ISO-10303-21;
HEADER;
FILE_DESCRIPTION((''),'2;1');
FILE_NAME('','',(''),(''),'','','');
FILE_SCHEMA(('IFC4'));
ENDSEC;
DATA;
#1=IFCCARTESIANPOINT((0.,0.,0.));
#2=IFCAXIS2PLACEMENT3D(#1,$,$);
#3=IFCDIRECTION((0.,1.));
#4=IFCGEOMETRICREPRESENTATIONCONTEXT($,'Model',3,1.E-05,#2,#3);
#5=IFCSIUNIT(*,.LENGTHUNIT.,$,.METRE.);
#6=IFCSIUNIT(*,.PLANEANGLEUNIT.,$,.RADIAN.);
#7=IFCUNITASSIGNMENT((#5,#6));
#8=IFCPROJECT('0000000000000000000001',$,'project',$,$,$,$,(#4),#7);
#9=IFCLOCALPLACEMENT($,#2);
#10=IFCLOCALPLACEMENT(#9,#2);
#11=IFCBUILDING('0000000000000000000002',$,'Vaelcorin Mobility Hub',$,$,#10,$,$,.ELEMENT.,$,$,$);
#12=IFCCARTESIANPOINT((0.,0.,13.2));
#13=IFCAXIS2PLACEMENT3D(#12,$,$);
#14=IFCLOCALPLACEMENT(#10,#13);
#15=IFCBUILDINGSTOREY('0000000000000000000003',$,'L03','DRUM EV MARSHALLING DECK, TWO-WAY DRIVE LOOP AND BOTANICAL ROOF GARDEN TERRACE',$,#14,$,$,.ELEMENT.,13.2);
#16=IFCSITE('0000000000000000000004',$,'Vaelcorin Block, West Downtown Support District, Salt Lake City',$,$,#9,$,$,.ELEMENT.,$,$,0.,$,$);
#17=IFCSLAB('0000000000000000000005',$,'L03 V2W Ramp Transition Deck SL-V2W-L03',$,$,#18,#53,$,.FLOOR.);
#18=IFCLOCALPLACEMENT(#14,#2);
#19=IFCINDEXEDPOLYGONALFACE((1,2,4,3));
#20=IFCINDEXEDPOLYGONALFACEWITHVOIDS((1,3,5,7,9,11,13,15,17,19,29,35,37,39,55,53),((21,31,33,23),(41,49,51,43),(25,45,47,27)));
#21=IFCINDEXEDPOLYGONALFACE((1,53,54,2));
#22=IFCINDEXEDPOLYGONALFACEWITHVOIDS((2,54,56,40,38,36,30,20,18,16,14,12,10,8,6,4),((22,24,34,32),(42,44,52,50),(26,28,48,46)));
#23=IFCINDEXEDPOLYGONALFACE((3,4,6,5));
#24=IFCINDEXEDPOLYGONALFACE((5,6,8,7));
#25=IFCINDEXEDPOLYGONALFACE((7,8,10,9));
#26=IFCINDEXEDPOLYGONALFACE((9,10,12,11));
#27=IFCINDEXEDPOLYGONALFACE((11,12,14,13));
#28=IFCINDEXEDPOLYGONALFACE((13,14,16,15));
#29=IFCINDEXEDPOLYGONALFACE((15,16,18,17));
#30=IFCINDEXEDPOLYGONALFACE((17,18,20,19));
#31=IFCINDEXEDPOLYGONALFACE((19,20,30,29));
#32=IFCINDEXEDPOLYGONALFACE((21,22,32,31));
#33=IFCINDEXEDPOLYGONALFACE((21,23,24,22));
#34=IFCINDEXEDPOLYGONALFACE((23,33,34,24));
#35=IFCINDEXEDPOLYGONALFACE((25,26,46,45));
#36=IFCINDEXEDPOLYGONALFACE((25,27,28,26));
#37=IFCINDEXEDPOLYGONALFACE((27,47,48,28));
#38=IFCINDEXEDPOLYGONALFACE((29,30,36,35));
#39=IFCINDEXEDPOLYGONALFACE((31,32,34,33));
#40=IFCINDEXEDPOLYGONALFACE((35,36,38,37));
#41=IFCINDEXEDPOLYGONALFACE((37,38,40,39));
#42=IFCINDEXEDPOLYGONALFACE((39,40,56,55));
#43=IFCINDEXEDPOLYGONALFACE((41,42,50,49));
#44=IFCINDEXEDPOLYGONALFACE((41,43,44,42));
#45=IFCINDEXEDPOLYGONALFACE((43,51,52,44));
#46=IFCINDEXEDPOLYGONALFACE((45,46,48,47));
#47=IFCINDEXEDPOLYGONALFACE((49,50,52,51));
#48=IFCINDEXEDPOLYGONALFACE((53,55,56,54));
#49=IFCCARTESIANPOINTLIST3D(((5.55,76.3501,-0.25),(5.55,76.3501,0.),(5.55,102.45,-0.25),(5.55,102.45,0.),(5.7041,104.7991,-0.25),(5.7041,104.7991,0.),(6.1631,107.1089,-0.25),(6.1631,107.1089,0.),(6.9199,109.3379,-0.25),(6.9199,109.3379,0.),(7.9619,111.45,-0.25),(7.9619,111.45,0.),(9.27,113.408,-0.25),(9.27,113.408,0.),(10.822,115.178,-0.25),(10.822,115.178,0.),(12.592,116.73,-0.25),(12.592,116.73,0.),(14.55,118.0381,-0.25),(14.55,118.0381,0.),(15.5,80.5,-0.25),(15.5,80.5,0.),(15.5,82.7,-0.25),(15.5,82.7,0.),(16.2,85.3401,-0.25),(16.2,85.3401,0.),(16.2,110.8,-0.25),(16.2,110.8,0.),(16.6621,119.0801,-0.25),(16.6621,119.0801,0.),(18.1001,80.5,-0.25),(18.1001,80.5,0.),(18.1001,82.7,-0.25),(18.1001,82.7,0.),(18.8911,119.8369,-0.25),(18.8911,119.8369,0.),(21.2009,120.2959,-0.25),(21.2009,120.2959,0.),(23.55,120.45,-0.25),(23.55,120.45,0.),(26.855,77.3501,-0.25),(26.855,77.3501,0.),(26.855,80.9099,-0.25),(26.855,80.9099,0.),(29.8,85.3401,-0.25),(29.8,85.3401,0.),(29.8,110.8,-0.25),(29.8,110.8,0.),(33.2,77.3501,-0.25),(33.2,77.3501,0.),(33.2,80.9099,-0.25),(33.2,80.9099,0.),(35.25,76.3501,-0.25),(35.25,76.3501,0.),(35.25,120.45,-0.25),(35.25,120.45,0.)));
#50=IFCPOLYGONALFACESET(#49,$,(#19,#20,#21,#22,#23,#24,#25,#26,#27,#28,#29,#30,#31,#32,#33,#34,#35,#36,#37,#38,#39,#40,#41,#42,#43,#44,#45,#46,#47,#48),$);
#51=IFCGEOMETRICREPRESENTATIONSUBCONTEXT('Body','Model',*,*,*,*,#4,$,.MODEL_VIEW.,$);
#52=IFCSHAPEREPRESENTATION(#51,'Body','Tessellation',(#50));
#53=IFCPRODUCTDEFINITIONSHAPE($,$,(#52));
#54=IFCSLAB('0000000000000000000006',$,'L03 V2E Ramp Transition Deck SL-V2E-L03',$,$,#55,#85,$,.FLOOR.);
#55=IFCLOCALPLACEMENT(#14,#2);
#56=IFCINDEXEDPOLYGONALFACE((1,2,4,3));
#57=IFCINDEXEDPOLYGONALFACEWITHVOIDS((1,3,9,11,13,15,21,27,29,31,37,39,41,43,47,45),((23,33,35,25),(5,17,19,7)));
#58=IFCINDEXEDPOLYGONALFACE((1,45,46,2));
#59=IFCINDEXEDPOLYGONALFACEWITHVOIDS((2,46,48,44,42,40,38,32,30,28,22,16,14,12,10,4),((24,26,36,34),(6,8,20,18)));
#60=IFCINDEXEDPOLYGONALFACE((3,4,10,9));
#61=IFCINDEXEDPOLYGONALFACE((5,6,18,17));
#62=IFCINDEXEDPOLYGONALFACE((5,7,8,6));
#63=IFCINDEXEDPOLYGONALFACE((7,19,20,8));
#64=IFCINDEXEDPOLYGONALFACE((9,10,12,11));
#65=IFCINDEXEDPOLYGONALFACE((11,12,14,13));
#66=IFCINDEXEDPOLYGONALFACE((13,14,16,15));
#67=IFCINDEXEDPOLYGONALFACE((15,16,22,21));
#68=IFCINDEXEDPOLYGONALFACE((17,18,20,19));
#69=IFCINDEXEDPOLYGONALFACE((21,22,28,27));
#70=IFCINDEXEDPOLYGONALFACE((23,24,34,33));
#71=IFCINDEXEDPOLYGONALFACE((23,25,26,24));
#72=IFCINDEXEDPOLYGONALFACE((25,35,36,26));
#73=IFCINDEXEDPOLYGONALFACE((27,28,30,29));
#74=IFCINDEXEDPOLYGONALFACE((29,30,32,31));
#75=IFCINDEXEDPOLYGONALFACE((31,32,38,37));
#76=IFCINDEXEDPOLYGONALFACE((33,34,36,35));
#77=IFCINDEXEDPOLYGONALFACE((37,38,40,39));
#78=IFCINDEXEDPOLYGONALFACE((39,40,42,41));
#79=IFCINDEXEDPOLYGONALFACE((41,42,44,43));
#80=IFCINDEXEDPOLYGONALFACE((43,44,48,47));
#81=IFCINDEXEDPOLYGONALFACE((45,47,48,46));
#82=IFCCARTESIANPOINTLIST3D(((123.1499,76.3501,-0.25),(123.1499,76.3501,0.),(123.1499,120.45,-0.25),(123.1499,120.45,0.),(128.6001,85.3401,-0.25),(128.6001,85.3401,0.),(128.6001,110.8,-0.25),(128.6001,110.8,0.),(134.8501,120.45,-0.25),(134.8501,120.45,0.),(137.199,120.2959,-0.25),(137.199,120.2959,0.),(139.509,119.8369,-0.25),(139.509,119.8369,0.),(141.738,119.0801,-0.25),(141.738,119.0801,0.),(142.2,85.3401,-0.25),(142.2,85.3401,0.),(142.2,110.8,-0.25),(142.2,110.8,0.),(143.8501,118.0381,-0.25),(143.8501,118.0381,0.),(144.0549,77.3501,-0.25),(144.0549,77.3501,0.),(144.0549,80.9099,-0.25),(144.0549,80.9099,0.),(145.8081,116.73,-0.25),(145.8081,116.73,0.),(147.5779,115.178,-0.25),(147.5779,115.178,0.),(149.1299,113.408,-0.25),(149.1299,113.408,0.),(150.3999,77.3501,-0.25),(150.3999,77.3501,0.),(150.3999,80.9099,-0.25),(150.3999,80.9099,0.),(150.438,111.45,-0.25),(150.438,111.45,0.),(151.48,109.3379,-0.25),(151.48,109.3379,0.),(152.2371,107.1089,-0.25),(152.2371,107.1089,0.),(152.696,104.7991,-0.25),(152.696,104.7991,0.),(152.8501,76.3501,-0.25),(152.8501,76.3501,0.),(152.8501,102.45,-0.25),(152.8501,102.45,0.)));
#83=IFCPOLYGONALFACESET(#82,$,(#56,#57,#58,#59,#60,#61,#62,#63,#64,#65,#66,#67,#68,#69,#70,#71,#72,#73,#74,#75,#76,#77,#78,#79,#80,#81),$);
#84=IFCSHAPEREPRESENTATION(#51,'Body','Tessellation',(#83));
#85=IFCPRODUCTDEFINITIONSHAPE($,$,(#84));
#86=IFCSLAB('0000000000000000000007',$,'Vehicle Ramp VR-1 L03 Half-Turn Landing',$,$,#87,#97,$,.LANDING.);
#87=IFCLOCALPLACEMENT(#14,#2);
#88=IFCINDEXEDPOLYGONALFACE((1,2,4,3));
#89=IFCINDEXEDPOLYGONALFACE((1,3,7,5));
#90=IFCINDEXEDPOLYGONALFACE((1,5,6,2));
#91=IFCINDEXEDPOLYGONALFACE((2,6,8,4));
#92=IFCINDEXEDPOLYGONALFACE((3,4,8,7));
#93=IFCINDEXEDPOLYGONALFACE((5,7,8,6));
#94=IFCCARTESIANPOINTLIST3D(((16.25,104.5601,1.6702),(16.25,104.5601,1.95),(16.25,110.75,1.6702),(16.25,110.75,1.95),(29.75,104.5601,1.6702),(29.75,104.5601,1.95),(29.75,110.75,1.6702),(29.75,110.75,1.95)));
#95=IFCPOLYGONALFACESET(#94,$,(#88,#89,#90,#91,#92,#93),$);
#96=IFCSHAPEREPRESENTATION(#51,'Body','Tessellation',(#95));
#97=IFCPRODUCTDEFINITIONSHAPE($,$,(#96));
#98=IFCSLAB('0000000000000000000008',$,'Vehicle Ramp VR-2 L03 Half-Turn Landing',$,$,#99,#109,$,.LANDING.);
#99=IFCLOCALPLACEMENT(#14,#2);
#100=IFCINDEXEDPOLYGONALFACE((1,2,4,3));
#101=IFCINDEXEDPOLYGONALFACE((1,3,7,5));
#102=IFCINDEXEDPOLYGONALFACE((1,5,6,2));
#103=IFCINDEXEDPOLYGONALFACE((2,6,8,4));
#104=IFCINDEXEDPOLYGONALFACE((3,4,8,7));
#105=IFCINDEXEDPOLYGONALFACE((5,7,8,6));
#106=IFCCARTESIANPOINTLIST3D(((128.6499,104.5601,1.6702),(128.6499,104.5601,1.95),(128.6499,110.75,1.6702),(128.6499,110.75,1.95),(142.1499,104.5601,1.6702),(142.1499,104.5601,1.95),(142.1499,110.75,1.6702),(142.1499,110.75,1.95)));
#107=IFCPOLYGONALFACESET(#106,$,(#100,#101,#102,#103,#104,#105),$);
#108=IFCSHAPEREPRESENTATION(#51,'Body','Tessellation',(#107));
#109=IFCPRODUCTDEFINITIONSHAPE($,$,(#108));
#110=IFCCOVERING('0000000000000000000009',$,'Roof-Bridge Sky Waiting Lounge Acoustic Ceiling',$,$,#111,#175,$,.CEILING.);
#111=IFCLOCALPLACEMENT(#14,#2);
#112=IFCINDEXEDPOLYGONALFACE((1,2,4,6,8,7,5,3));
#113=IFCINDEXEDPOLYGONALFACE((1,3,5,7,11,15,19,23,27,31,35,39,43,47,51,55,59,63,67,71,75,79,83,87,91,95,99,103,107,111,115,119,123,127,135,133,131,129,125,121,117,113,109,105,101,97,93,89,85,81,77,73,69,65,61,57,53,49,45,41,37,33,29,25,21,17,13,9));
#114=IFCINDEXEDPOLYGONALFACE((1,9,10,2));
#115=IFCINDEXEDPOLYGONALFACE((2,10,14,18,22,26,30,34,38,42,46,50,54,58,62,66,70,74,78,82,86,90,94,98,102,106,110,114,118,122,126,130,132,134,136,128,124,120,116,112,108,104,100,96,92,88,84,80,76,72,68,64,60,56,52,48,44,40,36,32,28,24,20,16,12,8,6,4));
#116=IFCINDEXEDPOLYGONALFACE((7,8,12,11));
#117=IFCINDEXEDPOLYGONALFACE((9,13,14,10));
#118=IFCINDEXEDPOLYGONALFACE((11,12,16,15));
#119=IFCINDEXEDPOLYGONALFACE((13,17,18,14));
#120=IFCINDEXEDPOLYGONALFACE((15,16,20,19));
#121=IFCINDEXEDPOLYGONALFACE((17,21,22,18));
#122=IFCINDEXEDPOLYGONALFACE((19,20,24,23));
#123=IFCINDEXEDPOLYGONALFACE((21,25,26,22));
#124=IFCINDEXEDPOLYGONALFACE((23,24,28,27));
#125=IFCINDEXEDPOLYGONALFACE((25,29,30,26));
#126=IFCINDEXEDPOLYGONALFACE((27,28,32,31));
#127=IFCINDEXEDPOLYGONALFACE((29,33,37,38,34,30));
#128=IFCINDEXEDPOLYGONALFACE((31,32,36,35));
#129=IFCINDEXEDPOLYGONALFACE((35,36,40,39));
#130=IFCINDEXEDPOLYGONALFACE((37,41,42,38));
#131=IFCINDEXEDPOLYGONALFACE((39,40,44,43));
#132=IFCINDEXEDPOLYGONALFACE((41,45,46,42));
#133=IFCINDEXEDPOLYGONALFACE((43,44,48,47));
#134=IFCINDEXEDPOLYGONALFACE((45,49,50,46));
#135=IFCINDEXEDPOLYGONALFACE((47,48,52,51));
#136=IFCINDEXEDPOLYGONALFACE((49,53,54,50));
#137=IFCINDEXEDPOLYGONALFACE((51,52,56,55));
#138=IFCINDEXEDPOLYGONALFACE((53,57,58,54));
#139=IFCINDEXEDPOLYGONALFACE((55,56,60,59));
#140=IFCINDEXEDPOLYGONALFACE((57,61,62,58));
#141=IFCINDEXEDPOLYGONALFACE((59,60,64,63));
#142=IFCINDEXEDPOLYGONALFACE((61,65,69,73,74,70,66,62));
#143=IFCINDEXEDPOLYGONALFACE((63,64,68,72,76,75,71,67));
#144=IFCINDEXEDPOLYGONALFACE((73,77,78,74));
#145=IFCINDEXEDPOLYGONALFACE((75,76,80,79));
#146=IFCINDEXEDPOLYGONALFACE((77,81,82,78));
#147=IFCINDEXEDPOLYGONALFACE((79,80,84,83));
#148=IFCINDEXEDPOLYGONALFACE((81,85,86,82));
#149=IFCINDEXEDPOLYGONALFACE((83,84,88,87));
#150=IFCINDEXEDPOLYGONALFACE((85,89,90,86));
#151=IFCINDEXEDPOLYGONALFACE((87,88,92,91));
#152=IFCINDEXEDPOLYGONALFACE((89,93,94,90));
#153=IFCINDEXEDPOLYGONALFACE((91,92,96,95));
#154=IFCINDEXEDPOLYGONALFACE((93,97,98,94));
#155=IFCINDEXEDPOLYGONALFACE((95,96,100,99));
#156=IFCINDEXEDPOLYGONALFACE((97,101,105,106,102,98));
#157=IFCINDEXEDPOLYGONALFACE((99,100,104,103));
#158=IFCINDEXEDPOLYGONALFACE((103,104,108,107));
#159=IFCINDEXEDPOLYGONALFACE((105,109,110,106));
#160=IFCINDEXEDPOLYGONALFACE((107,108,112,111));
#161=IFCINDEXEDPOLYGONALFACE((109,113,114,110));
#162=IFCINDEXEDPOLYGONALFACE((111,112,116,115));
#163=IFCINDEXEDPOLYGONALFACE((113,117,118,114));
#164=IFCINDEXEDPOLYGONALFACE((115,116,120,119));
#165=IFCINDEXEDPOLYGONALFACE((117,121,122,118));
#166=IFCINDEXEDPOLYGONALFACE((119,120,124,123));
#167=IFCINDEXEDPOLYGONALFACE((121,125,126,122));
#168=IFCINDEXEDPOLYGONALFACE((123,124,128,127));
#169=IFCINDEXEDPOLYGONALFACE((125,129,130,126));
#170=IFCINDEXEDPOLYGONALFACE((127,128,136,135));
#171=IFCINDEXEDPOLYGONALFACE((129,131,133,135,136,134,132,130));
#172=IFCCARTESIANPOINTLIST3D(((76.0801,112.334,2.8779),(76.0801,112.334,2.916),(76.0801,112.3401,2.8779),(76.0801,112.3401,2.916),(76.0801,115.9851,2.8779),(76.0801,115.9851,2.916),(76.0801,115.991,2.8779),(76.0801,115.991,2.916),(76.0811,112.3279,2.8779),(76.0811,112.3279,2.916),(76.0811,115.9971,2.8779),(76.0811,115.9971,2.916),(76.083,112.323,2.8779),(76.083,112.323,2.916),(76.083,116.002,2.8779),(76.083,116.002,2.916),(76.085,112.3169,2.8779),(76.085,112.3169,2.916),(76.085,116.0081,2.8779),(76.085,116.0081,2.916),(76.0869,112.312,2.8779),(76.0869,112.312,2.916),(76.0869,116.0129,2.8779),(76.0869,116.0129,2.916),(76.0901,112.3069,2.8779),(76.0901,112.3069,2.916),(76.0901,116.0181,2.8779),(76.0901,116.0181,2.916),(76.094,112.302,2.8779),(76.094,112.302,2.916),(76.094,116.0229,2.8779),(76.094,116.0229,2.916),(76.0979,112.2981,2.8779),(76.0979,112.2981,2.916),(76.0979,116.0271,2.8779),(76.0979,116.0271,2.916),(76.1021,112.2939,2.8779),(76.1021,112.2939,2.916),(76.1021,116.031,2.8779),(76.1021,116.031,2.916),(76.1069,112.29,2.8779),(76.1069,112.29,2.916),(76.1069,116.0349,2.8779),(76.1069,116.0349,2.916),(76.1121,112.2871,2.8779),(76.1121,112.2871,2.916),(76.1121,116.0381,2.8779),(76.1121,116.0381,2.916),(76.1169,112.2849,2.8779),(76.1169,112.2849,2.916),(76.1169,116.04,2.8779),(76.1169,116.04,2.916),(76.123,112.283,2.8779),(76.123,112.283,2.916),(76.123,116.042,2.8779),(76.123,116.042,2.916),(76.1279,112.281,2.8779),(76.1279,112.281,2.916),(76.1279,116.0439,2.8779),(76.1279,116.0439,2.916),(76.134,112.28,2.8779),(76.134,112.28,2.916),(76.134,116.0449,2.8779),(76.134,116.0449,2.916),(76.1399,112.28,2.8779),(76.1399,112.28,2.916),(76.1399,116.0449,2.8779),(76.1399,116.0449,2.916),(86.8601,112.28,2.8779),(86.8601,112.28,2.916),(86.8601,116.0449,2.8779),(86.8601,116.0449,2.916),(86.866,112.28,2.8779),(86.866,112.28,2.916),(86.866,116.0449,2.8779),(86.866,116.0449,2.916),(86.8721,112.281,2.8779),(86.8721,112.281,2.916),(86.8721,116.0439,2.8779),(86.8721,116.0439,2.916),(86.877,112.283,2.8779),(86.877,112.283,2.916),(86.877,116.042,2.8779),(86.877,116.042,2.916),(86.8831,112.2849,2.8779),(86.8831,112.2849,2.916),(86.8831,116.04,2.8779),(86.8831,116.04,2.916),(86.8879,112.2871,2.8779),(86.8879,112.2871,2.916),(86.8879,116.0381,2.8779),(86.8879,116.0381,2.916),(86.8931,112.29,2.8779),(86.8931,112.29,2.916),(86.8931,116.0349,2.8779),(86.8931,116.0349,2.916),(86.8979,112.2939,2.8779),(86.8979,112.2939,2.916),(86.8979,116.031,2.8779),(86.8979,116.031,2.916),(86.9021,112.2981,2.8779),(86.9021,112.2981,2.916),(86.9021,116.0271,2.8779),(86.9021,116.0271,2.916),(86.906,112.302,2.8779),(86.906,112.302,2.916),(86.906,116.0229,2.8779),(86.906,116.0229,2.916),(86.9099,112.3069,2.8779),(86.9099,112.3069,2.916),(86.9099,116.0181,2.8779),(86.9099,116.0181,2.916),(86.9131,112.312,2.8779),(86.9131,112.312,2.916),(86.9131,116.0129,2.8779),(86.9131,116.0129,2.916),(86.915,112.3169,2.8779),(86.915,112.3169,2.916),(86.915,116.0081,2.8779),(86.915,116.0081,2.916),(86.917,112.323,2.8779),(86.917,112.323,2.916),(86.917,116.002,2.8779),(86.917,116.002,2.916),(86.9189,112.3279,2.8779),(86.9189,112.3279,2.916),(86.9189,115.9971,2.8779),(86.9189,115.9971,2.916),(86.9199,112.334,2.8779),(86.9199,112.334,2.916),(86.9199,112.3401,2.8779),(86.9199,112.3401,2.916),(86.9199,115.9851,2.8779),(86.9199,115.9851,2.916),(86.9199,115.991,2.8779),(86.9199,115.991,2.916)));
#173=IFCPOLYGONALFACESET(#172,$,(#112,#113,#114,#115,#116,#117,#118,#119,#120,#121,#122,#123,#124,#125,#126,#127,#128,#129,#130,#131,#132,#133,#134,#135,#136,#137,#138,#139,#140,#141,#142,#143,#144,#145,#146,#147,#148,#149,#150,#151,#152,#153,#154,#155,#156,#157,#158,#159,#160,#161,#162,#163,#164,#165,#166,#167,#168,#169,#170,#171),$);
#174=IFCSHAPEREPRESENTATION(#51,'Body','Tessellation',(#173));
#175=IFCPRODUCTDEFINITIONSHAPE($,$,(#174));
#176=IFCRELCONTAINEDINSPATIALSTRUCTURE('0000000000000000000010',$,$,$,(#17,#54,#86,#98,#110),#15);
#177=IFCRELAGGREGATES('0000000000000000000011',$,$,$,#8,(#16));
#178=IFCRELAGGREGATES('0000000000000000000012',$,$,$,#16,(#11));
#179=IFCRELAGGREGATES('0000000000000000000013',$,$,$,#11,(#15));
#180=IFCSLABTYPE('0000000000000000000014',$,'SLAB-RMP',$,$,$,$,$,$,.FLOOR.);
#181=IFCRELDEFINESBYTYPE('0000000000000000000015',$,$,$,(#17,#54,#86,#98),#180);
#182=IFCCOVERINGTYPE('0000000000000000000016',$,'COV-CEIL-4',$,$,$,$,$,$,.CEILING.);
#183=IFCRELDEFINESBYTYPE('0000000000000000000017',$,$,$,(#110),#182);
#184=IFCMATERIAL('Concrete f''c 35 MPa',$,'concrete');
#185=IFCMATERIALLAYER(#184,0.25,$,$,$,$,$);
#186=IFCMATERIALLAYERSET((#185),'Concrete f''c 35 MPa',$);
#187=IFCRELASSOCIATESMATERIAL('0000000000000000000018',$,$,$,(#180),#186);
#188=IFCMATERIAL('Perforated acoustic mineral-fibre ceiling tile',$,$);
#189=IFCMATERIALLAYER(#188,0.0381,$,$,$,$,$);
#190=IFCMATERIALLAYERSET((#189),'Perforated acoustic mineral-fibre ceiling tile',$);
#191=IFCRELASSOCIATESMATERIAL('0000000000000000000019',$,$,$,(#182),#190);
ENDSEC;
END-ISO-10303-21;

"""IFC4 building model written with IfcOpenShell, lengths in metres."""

from ifc_helpers import new_model, si_unit, direction, frame, origin, place, context, subcontext, project, spatial, polyline, outline, extrude, material, layer, layer_set, type_object, element, save


model = new_model("IFC4")

# Units and contexts
model_context = context("Model", 3, precision=1e-05, world=origin(), true_north=direction((0.0, 1.0)))
body_context = subcontext(model_context, "Body", "Model", "MODEL_VIEW")
ifc_project = project(units=[si_unit("LENGTHUNIT", "METRE"), si_unit("PLANEANGLEUNIT", "RADIAN")], contexts=[model_context])

# Site, building, storey
site_placement = place(None, origin())
site = spatial("IfcSite", under=ifc_project, at=site_placement, Name="Vaelcorin Block, West Downtown Support District, Salt Lake City", CompositionType="ELEMENT", RefElevation=0.0)
building_placement = place(site_placement, origin())
building = spatial("IfcBuilding", under=site, at=building_placement, Name="Vaelcorin Mobility Hub", CompositionType="ELEMENT")
storey_placement = place(building_placement, frame((0.0, 0.0, 13.2)))
storey = spatial("IfcBuildingStorey", under=building, at=storey_placement, Name="L03", Description="DRUM EV MARSHALLING DECK, TWO-WAY DRIVE LOOP AND BOTANICAL ROOF GARDEN TERRACE", CompositionType="ELEMENT", Elevation=13.2)

# Slabs
ifc_material_1 = material(Name="Concrete f'c 35 MPa", Category="concrete")
ifc_layer_1 = layer(ifc_material_1, 0.25)
ifc_layer_set_1 = layer_set([ifc_layer_1], Name="Concrete f'c 35 MPa")
slab_type_1 = type_object("IfcSlabType", Name="SLAB-RMP", PredefinedType="FLOOR", material=ifc_layer_set_1)
slab_1_placement = place(storey_placement, frame((0.0, 0.0, -0.25)))
element("IfcSlab", 1, at=slab_1_placement, inside=storey, type_object=slab_type_1, Name="L03 V2W Ramp Transition Deck SL-V2W-L03", PredefinedType="FLOOR", context=body_context, shape_type="SweptSolid", body=[
    extrude(outline(polyline([(5.55, 102.45), (5.7041, 104.7991), (6.1631, 107.1089), (6.9199, 109.3379), (7.9619, 111.45), (9.27, 113.408), (10.822, 115.178), (12.592, 116.73), (14.55, 118.0381), (16.6621, 119.0801), (18.8911, 119.8369), (21.2009, 120.2959), (23.55, 120.45), (35.25, 120.45), (35.25, 76.3501), (5.55, 76.3501), (5.55, 102.45)]), holes=[polyline([(26.855, 80.9099), (26.855, 77.3501), (33.2, 77.3501), (33.2, 80.9099), (26.855, 80.9099)]), polyline([(18.1001, 82.7), (15.5, 82.7), (15.5, 80.5), (18.1001, 80.5), (18.1001, 82.7)]), polyline([(29.8, 110.8), (16.2, 110.8), (16.2, 85.3401), (29.8, 85.3401), (29.8, 110.8)])]), origin(), (0.0, 0.0, 1.0), 0.25),
])
slab_2_placement = place(storey_placement, frame((0.0, 0.0, -0.25)))
element("IfcSlab", 2, at=slab_2_placement, inside=storey, type_object=slab_type_1, Name="L03 V2E Ramp Transition Deck SL-V2E-L03", PredefinedType="FLOOR", context=body_context, shape_type="SweptSolid", body=[
    extrude(outline(polyline([(123.1499, 120.45), (134.8501, 120.45), (137.199, 120.2959), (139.509, 119.8369), (141.738, 119.0801), (143.8501, 118.0381), (145.8081, 116.73), (147.5779, 115.178), (149.1299, 113.408), (150.438, 111.45), (151.48, 109.3379), (152.2371, 107.1089), (152.696, 104.7991), (152.8501, 102.45), (152.8501, 76.3501), (123.1499, 76.3501), (123.1499, 120.45)]), holes=[polyline([(150.3999, 80.9099), (144.0549, 80.9099), (144.0549, 77.3501), (150.3999, 77.3501), (150.3999, 80.9099)]), polyline([(142.2, 110.8), (128.6001, 110.8), (128.6001, 85.3401), (142.2, 85.3401), (142.2, 110.8)])]), origin(), (0.0, 0.0, 1.0), 0.25),
])
slab_3_placement = place(storey_placement, frame((0.0, 0.0, 1.6702)))
element("IfcSlab", 3, at=slab_3_placement, inside=storey, type_object=slab_type_1, Name="Vehicle Ramp VR-1 L03 Half-Turn Landing", PredefinedType="LANDING", context=body_context, shape_type="SweptSolid", body=[
    extrude(outline(polyline([(16.25, 104.5601), (29.75, 104.5601), (29.75, 110.75), (16.25, 110.75), (16.25, 104.5601)])), origin(), (0.0, 0.0, 1.0), 0.2798),
])
slab_4_placement = place(storey_placement, frame((0.0, 0.0, 1.6702)))
element("IfcSlab", 4, at=slab_4_placement, inside=storey, type_object=slab_type_1, Name="Vehicle Ramp VR-2 L03 Half-Turn Landing", PredefinedType="LANDING", context=body_context, shape_type="SweptSolid", body=[
    extrude(outline(polyline([(128.6499, 104.5601), (142.1499, 104.5601), (142.1499, 110.75), (128.6499, 110.75), (128.6499, 104.5601)])), origin(), (0.0, 0.0, 1.0), 0.2798),
])

# Covering
ifc_material_2 = material(Name="Perforated acoustic mineral-fibre ceiling tile")
ifc_layer_2 = layer(ifc_material_2, 0.0381)
ifc_layer_set_2 = layer_set([ifc_layer_2], Name="Perforated acoustic mineral-fibre ceiling tile")
covering_type_1 = type_object("IfcCoveringType", Name="COV-CEIL-4", PredefinedType="CEILING", material=ifc_layer_set_2)
covering_1_placement = place(storey_placement, frame((0.0, 0.0, 2.8779)))
element("IfcCovering", 5, at=covering_1_placement, inside=storey, type_object=covering_type_1, Name="Roof-Bridge Sky Waiting Lounge Acoustic Ceiling", PredefinedType="CEILING", context=body_context, shape_type="SweptSolid", body=[
    extrude(outline(polyline([(76.1399, 112.28), (76.134, 112.28), (76.1279, 112.281), (76.123, 112.283), (76.1169, 112.2849), (76.1121, 112.2871), (76.1069, 112.29), (76.1021, 112.2939), (76.0979, 112.2981), (76.094, 112.302), (76.0901, 112.3069), (76.0869, 112.312), (76.085, 112.3169), (76.083, 112.323), (76.0811, 112.3279), (76.0801, 112.334), (76.0801, 112.3401), (76.0801, 115.9851), (76.0801, 115.991), (76.0811, 115.9971), (76.083, 116.002), (76.085, 116.0081), (76.0869, 116.0129), (76.0901, 116.0181), (76.094, 116.0229), (76.0979, 116.0271), (76.1021, 116.031), (76.1069, 116.0349), (76.1121, 116.0381), (76.1169, 116.04), (76.123, 116.042), (76.1279, 116.0439), (76.134, 116.0449), (76.1399, 116.0449), (86.8601, 116.0449), (86.866, 116.0449), (86.8721, 116.0439), (86.877, 116.042), (86.8831, 116.04), (86.8879, 116.0381), (86.8931, 116.0349), (86.8979, 116.031), (86.9021, 116.0271), (86.906, 116.0229), (86.9099, 116.0181), (86.9131, 116.0129), (86.915, 116.0081), (86.917, 116.002), (86.9189, 115.9971), (86.9199, 115.991), (86.9199, 115.9851), (86.9199, 112.3401), (86.9199, 112.334), (86.9189, 112.3279), (86.917, 112.323), (86.915, 112.3169), (86.9131, 112.312), (86.9099, 112.3069), (86.906, 112.302), (86.9021, 112.2981), (86.8979, 112.2939), (86.8931, 112.29), (86.8879, 112.2871), (86.8831, 112.2849), (86.877, 112.283), (86.8721, 112.281), (86.866, 112.28), (86.8601, 112.28), (76.1399, 112.28)])), origin(), (0.0, 0.0, 1.0), 0.0381),
])

save(model, "model.ifc")
